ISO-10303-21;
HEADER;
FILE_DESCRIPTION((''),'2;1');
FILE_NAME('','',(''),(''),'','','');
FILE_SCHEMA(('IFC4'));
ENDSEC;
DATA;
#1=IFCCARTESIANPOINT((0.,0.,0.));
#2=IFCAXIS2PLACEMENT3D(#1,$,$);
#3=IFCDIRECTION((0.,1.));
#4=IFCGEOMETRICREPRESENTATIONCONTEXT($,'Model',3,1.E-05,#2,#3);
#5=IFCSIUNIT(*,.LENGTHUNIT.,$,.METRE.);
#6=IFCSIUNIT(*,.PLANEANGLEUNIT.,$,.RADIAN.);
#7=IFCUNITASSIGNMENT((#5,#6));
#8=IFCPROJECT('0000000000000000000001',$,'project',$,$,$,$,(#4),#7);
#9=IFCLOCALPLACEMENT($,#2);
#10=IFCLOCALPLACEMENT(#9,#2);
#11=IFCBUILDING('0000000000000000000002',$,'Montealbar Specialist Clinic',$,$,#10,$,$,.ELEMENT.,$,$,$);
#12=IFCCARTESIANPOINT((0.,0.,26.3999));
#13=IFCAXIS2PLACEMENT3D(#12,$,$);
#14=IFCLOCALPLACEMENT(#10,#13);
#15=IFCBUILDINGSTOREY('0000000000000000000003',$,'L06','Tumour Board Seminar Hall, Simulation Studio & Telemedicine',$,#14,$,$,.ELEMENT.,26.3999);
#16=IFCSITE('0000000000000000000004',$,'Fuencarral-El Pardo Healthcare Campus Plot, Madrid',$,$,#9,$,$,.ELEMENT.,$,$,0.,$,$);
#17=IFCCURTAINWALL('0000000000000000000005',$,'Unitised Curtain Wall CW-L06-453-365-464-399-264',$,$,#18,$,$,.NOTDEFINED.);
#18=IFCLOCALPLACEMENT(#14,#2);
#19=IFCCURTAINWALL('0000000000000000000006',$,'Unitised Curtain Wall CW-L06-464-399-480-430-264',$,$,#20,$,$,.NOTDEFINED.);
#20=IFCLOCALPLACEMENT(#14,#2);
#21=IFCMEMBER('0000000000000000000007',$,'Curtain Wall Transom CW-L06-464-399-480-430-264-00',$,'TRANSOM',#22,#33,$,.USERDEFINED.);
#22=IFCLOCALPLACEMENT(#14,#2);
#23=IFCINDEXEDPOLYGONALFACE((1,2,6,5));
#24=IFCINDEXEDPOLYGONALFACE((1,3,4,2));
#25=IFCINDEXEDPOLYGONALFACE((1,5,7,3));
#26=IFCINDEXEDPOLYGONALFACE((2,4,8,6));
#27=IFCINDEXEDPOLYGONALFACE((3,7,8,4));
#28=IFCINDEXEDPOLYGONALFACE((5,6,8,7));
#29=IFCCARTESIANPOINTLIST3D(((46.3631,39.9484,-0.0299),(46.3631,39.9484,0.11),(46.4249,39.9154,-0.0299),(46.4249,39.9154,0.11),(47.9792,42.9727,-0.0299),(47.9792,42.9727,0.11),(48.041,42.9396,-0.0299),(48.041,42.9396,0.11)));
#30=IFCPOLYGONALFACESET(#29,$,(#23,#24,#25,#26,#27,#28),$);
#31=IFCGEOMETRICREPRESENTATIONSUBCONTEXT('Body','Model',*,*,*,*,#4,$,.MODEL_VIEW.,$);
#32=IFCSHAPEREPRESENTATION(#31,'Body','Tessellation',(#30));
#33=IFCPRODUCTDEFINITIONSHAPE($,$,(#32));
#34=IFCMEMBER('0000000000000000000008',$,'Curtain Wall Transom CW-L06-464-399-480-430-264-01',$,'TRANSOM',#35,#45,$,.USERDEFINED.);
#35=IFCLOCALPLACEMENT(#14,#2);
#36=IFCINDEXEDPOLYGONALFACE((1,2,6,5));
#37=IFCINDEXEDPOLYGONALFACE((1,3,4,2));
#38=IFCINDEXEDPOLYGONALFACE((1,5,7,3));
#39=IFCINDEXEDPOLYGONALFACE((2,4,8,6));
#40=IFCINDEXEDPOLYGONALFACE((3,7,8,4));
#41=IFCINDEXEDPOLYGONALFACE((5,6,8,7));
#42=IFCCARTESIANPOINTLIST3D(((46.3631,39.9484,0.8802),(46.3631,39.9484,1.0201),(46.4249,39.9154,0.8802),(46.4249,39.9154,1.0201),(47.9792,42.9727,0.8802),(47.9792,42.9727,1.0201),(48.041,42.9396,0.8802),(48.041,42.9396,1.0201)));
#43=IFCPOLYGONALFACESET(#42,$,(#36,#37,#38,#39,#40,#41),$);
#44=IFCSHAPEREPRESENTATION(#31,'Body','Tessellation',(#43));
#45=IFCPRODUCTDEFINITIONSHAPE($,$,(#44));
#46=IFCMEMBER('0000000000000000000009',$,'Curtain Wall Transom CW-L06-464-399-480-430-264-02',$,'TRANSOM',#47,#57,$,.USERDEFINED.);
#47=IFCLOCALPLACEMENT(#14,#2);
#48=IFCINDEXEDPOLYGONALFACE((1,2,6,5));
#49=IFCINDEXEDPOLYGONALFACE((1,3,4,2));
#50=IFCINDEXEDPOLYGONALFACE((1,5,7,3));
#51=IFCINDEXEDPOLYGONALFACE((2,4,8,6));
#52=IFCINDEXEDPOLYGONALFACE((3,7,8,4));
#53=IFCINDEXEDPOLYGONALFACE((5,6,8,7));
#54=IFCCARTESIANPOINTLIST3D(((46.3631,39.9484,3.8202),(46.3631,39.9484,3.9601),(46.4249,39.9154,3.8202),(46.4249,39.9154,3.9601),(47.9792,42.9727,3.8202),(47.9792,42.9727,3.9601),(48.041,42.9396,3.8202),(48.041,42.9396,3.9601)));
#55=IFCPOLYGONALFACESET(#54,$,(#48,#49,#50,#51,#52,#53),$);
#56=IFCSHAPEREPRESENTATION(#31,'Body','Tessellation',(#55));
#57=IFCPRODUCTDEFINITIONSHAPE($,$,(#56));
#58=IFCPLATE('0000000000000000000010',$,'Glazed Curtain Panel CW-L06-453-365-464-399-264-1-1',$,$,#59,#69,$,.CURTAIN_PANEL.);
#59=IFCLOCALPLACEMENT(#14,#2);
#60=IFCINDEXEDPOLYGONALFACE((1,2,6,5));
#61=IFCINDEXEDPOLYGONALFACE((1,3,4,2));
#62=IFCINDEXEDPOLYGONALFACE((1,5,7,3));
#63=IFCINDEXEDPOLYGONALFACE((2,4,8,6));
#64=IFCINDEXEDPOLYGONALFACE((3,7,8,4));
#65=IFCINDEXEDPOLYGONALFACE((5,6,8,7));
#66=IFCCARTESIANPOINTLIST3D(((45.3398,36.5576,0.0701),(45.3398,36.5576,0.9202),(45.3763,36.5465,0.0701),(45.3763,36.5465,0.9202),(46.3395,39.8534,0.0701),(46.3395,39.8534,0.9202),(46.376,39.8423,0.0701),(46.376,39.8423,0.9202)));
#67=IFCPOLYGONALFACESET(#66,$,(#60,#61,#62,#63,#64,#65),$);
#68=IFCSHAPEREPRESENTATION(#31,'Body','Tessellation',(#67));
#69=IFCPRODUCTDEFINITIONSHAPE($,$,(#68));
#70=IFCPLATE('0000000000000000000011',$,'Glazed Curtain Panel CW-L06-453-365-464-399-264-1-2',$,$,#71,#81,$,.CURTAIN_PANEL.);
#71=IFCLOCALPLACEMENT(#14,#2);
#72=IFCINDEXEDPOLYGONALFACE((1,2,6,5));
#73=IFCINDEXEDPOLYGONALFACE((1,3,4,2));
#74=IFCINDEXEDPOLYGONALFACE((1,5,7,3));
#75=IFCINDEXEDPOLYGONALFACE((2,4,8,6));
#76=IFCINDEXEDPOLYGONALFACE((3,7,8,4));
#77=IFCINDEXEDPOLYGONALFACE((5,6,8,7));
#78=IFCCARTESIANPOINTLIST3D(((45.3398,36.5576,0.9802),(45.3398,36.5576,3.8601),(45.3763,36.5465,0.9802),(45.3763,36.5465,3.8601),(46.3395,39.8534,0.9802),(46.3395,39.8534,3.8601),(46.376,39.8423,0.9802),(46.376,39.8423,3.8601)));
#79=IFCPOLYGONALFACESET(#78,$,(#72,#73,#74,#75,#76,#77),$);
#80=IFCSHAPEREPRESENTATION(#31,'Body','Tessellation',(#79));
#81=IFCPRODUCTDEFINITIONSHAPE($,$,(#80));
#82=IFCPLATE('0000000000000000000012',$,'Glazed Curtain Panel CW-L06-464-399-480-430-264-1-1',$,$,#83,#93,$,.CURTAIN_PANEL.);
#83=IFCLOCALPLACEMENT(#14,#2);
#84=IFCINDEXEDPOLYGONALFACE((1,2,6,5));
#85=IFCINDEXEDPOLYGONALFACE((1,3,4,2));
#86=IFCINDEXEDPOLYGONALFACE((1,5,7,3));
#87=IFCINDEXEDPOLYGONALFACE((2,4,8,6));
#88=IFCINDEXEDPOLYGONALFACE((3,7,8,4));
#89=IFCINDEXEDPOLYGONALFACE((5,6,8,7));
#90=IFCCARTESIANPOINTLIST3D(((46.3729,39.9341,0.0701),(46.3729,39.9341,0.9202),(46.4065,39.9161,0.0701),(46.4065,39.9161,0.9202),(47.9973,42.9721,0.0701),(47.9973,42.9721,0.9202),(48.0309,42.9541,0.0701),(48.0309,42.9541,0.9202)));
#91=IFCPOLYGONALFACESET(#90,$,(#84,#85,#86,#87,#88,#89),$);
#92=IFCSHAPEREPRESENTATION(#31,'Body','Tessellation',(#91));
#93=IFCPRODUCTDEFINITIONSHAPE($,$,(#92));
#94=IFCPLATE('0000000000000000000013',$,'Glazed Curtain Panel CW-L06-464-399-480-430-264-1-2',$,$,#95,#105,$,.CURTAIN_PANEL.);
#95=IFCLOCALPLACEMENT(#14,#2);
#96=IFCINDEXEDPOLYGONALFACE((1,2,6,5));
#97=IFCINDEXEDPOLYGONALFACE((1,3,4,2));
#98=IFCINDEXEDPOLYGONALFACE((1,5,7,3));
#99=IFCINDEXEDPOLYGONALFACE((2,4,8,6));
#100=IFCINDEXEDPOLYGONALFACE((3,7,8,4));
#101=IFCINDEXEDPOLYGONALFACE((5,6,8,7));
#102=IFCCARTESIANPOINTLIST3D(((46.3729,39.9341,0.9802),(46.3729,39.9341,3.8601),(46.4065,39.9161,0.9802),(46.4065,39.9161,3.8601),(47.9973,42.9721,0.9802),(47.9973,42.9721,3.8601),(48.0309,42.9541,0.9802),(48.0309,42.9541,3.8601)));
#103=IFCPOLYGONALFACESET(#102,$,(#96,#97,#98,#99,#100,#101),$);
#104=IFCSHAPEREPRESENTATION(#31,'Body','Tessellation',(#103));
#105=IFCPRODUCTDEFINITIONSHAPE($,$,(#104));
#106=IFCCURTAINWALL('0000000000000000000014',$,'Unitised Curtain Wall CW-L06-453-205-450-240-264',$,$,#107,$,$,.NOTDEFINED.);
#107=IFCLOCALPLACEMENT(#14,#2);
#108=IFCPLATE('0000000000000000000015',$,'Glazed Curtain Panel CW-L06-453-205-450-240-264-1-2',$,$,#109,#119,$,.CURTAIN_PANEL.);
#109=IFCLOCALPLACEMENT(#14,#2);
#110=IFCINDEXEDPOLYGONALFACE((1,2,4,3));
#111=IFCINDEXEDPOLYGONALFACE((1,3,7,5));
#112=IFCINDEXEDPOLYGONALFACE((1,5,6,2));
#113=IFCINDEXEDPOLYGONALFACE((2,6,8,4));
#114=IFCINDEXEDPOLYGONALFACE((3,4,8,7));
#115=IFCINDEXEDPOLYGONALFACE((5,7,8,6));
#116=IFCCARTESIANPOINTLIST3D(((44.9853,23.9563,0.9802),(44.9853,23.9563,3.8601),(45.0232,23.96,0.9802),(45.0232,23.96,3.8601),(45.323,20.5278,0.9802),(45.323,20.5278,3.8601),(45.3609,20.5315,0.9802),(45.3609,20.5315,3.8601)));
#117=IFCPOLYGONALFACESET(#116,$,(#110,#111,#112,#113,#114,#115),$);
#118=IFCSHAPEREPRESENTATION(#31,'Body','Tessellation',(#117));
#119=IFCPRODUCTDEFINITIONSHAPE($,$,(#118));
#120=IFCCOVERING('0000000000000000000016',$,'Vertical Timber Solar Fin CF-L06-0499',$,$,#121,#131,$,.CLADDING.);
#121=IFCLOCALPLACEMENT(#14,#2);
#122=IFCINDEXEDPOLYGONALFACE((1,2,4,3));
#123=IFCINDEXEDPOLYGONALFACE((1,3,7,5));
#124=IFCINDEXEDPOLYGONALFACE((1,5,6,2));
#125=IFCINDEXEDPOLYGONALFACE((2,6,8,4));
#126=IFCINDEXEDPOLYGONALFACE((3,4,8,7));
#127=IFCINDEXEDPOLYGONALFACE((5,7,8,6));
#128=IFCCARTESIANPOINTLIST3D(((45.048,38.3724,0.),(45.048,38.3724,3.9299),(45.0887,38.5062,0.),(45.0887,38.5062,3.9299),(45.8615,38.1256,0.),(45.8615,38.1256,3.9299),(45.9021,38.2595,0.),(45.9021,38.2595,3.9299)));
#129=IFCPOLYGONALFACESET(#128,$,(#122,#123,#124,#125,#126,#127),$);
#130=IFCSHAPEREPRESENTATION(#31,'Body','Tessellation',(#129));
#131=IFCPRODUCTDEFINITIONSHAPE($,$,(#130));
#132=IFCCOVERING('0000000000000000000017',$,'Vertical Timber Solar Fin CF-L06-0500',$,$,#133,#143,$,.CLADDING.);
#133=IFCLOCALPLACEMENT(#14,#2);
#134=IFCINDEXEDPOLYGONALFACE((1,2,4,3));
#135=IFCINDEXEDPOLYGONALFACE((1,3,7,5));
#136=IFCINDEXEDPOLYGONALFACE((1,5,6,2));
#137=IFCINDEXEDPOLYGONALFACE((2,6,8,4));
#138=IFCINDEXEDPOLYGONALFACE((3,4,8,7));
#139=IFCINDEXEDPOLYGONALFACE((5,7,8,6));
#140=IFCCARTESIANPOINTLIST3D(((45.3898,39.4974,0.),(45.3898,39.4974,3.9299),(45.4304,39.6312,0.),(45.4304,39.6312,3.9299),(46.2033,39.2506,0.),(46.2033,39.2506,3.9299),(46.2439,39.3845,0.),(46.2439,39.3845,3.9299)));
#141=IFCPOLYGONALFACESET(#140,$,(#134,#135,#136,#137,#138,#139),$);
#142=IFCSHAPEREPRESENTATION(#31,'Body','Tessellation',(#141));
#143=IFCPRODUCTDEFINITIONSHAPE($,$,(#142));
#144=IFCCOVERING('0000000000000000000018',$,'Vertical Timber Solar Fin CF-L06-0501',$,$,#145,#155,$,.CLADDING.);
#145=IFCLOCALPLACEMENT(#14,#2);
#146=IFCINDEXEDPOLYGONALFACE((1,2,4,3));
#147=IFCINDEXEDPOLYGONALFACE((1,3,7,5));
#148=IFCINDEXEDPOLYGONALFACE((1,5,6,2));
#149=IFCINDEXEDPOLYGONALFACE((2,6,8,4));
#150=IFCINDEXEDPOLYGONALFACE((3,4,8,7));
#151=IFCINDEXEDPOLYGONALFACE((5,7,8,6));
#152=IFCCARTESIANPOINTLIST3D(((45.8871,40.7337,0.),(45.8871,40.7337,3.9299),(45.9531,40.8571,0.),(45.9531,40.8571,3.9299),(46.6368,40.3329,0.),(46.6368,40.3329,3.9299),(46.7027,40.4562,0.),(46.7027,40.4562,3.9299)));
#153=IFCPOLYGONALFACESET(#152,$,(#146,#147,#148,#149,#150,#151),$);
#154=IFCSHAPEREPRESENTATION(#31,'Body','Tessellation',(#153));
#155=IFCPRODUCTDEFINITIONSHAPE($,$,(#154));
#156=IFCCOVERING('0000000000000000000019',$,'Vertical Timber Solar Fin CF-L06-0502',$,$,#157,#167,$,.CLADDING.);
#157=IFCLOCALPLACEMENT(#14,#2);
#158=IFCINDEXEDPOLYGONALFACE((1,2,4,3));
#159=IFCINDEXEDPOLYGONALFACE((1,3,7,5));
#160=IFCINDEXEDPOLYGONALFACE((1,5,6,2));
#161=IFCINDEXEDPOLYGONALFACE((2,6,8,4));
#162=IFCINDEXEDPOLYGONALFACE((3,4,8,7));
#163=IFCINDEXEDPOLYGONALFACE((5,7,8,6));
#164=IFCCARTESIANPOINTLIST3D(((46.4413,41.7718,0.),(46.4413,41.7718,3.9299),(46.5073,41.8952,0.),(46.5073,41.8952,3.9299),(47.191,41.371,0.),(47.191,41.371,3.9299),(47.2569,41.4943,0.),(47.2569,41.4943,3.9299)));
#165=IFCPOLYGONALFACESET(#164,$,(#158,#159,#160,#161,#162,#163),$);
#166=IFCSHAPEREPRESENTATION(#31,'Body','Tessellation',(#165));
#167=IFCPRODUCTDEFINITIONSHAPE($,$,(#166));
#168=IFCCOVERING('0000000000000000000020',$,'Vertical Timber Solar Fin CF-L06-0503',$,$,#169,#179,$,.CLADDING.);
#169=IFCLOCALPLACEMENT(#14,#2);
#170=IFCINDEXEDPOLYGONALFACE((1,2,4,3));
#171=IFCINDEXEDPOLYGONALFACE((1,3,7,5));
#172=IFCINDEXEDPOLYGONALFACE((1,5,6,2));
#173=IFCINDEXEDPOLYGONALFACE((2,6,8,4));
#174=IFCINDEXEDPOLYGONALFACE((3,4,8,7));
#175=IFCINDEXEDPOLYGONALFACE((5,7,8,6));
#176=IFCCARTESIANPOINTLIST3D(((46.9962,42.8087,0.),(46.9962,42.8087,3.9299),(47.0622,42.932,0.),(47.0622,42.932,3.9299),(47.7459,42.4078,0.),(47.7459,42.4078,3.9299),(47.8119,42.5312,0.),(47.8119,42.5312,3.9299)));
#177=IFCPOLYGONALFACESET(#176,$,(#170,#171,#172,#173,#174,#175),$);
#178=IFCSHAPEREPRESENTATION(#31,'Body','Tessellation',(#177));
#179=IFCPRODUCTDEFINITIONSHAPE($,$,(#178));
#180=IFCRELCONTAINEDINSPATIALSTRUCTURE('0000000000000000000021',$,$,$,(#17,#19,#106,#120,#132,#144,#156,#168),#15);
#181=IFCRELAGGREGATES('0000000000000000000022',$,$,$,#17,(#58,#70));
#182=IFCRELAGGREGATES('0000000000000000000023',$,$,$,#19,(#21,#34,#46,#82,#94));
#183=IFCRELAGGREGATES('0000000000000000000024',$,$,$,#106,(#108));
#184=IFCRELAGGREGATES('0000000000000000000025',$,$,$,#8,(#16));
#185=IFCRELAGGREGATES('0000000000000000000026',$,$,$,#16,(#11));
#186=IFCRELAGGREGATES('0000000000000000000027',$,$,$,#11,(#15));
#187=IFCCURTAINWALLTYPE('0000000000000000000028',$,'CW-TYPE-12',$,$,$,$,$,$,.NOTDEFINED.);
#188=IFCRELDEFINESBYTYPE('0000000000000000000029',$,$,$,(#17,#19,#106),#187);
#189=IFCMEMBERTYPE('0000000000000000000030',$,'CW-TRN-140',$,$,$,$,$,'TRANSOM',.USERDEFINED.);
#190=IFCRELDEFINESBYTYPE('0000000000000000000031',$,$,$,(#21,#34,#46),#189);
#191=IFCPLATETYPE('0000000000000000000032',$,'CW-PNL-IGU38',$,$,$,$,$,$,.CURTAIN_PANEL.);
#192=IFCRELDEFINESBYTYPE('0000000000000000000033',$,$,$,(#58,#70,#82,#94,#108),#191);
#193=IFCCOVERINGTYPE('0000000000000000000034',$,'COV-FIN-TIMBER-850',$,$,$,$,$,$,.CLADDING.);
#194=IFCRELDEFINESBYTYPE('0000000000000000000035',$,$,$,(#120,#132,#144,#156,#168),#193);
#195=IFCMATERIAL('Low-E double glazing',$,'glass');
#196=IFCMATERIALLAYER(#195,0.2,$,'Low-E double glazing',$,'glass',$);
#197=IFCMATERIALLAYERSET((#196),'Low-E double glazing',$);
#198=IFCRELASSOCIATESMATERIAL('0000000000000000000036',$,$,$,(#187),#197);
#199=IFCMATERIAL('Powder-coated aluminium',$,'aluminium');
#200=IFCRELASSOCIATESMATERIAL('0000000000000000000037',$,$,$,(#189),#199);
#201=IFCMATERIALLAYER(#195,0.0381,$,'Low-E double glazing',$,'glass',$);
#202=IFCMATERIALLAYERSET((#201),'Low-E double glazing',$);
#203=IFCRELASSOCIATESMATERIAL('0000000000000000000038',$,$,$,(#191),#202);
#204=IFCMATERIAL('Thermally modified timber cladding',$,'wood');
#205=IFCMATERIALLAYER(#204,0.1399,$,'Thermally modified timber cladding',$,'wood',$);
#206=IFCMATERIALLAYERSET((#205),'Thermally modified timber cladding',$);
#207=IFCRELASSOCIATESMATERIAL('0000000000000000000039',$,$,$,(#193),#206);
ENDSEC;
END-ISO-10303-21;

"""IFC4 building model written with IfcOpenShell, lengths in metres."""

from ifc_helpers import new_model, si_unit, direction, frame, origin, origin_2d, place, context, subcontext, project, spatial, rectangle, extrude, material, layer, layer_set, material_profile, profile_set, type_object, element, aggregate, save


model = new_model("IFC4")

# Units and contexts
model_context = context("Model", 3, precision=1e-05, world=origin(), true_north=direction((0.0, 1.0)))
body_context = subcontext(model_context, "Body", "Model", "MODEL_VIEW")
ifc_project = project(units=[si_unit("LENGTHUNIT", "METRE"), si_unit("PLANEANGLEUNIT", "RADIAN")], contexts=[model_context])

# Site, building, storey
site_placement = place(None, origin())
site = spatial("IfcSite", under=ifc_project, at=site_placement, Name="Fuencarral-El Pardo Healthcare Campus Plot, Madrid", CompositionType="ELEMENT", RefElevation=0.0)
building_placement = place(site_placement, origin())
building = spatial("IfcBuilding", under=site, at=building_placement, Name="Montealbar Specialist Clinic", CompositionType="ELEMENT")
storey_placement = place(building_placement, frame((0.0, 0.0, 26.3999)))
storey = spatial("IfcBuildingStorey", under=building, at=storey_placement, Name="L06", Description="Tumour Board Seminar Hall, Simulation Studio & Telemedicine", CompositionType="ELEMENT", Elevation=26.3999)

# Shared definitions
ifc_material_1 = material(Name="Low-E double glazing", Category="glass")
ifc_layer_1 = layer(ifc_material_1, 0.2, Name="Low-E double glazing", Category="glass")
ifc_layer_set_1 = layer_set([ifc_layer_1], Name="Low-E double glazing")
curtain_wall_type = type_object("IfcCurtainWallType", Name="CW-TYPE-12", PredefinedType="NOTDEFINED", material=ifc_layer_set_1)

# Curtain wall
curtain_wall_1_placement = place(storey_placement, origin())
curtain_wall_1 = element("IfcCurtainWall", 1, at=curtain_wall_1_placement, inside=storey, type_object=curtain_wall_type, Name="Unitised Curtain Wall CW-L06-453-365-464-399-264", PredefinedType="NOTDEFINED")

# Curtain wall
curtain_wall_2_placement = place(storey_placement, origin())
curtain_wall_2 = element("IfcCurtainWall", 2, at=curtain_wall_2_placement, inside=storey, type_object=curtain_wall_type, Name="Unitised Curtain Wall CW-L06-464-399-480-430-264", PredefinedType="NOTDEFINED")

# Members
ifc_material_2 = material(Name="Powder-coated aluminium", Category="aluminium")
ifc_material_profile_1 = material_profile(ifc_material_2, rectangle(XDim=0.0701, YDim=0.1399, at=origin_2d()), Name="ALU 70x140", Category="aluminium")
ifc_profile_set_1 = profile_set([ifc_material_profile_1], Name="Powder-coated aluminium")
member_type_1 = type_object("IfcMemberType", Name="CW-TRN-140", ElementType="TRANSOM", PredefinedType="USERDEFINED", material=ifc_profile_set_1)
member_1_placement = place(storey_placement, frame((46.394, 39.9319, 0.04), z_axis=(0.471287, 0.88198, 0.0), x_axis=(-0.88198, 0.471287, 0.0)))
member_1 = element("IfcMember", 3, at=member_1_placement, type_object=member_type_1, Name="Curtain Wall Transom CW-L06-464-399-480-430-264-00", ObjectType="TRANSOM", PredefinedType="USERDEFINED", context=body_context, shape_type="SweptSolid", body=[
    extrude(rectangle(XDim=0.0701, YDim=0.1399, at=origin_2d()), origin(), (0.0, 0.0, 1.0), 3.429),
])
member_2_placement = place(storey_placement, frame((46.394, 39.9319, 0.9502), z_axis=(0.471287, 0.88198, 0.0), x_axis=(-0.88198, 0.471287, 0.0)))
member_2 = element("IfcMember", 4, at=member_2_placement, type_object=member_type_1, Name="Curtain Wall Transom CW-L06-464-399-480-430-264-01", ObjectType="TRANSOM", PredefinedType="USERDEFINED", context=body_context, shape_type="SweptSolid", body=[
    extrude(rectangle(XDim=0.0701, YDim=0.1399, at=origin_2d()), origin(), (0.0, 0.0, 1.0), 3.429),
])
member_3_placement = place(storey_placement, frame((46.394, 39.9319, 3.8901), z_axis=(0.471287, 0.88198, 0.0), x_axis=(-0.88198, 0.471287, 0.0)))
member_3 = element("IfcMember", 5, at=member_3_placement, type_object=member_type_1, Name="Curtain Wall Transom CW-L06-464-399-480-430-264-02", ObjectType="TRANSOM", PredefinedType="USERDEFINED", context=body_context, shape_type="SweptSolid", body=[
    extrude(rectangle(XDim=0.0701, YDim=0.1399, at=origin_2d()), origin(), (0.0, 0.0, 1.0), 3.429),
])

# Plates
ifc_layer_2 = layer(ifc_material_1, 0.0381, Name="Low-E double glazing", Category="glass")
ifc_layer_set_2 = layer_set([ifc_layer_2], Name="Low-E double glazing")
plate_type = type_object("IfcPlateType", Name="CW-PNL-IGU38", PredefinedType="CURTAIN_PANEL", material=ifc_layer_set_2)
plate_1_placement = place(storey_placement, frame((45.8579, 38.2, 0.0701), z_axis=(0.0, 0.0, 1.0), x_axis=(0.290259, 0.956948, 0.0)))
plate_1 = element("IfcPlate", 6, at=plate_1_placement, type_object=plate_type, Name="Glazed Curtain Panel CW-L06-453-365-464-399-264-1-1", PredefinedType="CURTAIN_PANEL", context=body_context, shape_type="SweptSolid", body=[
    extrude(rectangle(XDim=3.4441, YDim=0.0381, at=origin_2d()), origin(), (0.0, 0.0, 1.0), 0.8501),
])
plate_2_placement = place(storey_placement, frame((45.8579, 38.2, 0.9802), z_axis=(0.0, 0.0, 1.0), x_axis=(0.290259, 0.956948, 0.0)))
plate_2 = element("IfcPlate", 7, at=plate_2_placement, type_object=plate_type, Name="Glazed Curtain Panel CW-L06-453-365-464-399-264-1-2", PredefinedType="CURTAIN_PANEL", context=body_context, shape_type="SweptSolid", body=[
    extrude(rectangle(XDim=3.4441, YDim=0.0381, at=origin_2d()), origin(), (0.0, 0.0, 1.0), 2.8799),
])
aggregate(curtain_wall_1, [plate_1, plate_2])
plate_3_placement = place(storey_placement, frame((47.2019, 41.4441, 0.0701), z_axis=(0.0, 0.0, 1.0), x_axis=(0.471529, 0.88185, 0.0)))
plate_3 = element("IfcPlate", 8, at=plate_3_placement, type_object=plate_type, Name="Glazed Curtain Panel CW-L06-464-399-480-430-264-1-1", PredefinedType="CURTAIN_PANEL", context=body_context, shape_type="SweptSolid", body=[
    extrude(rectangle(XDim=3.4451, YDim=0.0381, at=origin_2d()), origin(), (0.0, 0.0, 1.0), 0.8501),
])
plate_4_placement = place(storey_placement, frame((47.2019, 41.4441, 0.9802), z_axis=(0.0, 0.0, 1.0), x_axis=(0.471529, 0.88185, 0.0)))
plate_4 = element("IfcPlate", 9, at=plate_4_placement, type_object=plate_type, Name="Glazed Curtain Panel CW-L06-464-399-480-430-264-1-2", PredefinedType="CURTAIN_PANEL", context=body_context, shape_type="SweptSolid", body=[
    extrude(rectangle(XDim=3.4451, YDim=0.0381, at=origin_2d()), origin(), (0.0, 0.0, 1.0), 2.8799),
])
aggregate(curtain_wall_2, [member_1, member_2, member_3, plate_3, plate_4])

# Curtain wall, plate
curtain_wall_3_placement = place(storey_placement, origin())
curtain_wall_3 = element("IfcCurtainWall", 10, at=curtain_wall_3_placement, inside=storey, type_object=curtain_wall_type, Name="Unitised Curtain Wall CW-L06-453-205-450-240-264", PredefinedType="NOTDEFINED")
plate_5_placement = place(storey_placement, frame((45.1731, 22.2439, 0.9802), z_axis=(0.0, 0.0, 1.0), x_axis=(-0.098045, 0.995182, 0.0)))
plate_5 = element("IfcPlate", 11, at=plate_5_placement, type_object=plate_type, Name="Glazed Curtain Panel CW-L06-453-205-450-240-264-1-2", PredefinedType="CURTAIN_PANEL", context=body_context, shape_type="SweptSolid", body=[
    extrude(rectangle(XDim=3.4451, YDim=0.0381, at=origin_2d()), origin(), (0.0, 0.0, 1.0), 2.8799),
])
aggregate(curtain_wall_3, [plate_5])

# Coverings
ifc_material_3 = material(Name="Thermally modified timber cladding", Category="wood")
ifc_layer_3 = layer(ifc_material_3, 0.1399, Name="Thermally modified timber cladding", Category="wood")
ifc_layer_set_3 = layer_set([ifc_layer_3], Name="Thermally modified timber cladding")
covering_type = type_object("IfcCoveringType", Name="COV-FIN-TIMBER-850", PredefinedType="CLADDING", material=ifc_layer_set_3)
for number, where, z_axis, x_axis, name in (
    (12, (45.4751, 38.3159, 0.0), (0.0, 0.0, 1.0), (-0.956948, 0.290259, 0.0), "Vertical Timber Solar Fin CF-L06-0499"),
    (13, (45.8169, 39.4409, 0.0), (0.0, 0.0, 1.0), (-0.956948, 0.290259, 0.0), "Vertical Timber Solar Fin CF-L06-0500"),
    (14, (46.2949, 40.595, 0.0), (0.0, 0.0, 1.0), (-0.88185, 0.471529, 0.0), "Vertical Timber Solar Fin CF-L06-0501"),
    (15, (46.8491, 41.6331, 0.0), (0.0, 0.0, 1.0), (-0.88185, 0.471529, 0.0), "Vertical Timber Solar Fin CF-L06-0502"),
    (16, (47.4041, 42.6699, 0.0), (0.0, 0.0, 1.0), (-0.88185, 0.471529, 0.0), "Vertical Timber Solar Fin CF-L06-0503"),
):
    element("IfcCovering", number, at=place(storey_placement, frame(where, z_axis=z_axis, x_axis=x_axis)), inside=storey, type_object=covering_type, Name=name, PredefinedType="CLADDING", context=body_context, shape_type="SweptSolid", body=[
        extrude(rectangle(XDim=0.8501, YDim=0.1399, at=origin_2d()), origin(), (0.0, 0.0, 1.0), 3.9299),
    ])

save(model, "model.ifc")
